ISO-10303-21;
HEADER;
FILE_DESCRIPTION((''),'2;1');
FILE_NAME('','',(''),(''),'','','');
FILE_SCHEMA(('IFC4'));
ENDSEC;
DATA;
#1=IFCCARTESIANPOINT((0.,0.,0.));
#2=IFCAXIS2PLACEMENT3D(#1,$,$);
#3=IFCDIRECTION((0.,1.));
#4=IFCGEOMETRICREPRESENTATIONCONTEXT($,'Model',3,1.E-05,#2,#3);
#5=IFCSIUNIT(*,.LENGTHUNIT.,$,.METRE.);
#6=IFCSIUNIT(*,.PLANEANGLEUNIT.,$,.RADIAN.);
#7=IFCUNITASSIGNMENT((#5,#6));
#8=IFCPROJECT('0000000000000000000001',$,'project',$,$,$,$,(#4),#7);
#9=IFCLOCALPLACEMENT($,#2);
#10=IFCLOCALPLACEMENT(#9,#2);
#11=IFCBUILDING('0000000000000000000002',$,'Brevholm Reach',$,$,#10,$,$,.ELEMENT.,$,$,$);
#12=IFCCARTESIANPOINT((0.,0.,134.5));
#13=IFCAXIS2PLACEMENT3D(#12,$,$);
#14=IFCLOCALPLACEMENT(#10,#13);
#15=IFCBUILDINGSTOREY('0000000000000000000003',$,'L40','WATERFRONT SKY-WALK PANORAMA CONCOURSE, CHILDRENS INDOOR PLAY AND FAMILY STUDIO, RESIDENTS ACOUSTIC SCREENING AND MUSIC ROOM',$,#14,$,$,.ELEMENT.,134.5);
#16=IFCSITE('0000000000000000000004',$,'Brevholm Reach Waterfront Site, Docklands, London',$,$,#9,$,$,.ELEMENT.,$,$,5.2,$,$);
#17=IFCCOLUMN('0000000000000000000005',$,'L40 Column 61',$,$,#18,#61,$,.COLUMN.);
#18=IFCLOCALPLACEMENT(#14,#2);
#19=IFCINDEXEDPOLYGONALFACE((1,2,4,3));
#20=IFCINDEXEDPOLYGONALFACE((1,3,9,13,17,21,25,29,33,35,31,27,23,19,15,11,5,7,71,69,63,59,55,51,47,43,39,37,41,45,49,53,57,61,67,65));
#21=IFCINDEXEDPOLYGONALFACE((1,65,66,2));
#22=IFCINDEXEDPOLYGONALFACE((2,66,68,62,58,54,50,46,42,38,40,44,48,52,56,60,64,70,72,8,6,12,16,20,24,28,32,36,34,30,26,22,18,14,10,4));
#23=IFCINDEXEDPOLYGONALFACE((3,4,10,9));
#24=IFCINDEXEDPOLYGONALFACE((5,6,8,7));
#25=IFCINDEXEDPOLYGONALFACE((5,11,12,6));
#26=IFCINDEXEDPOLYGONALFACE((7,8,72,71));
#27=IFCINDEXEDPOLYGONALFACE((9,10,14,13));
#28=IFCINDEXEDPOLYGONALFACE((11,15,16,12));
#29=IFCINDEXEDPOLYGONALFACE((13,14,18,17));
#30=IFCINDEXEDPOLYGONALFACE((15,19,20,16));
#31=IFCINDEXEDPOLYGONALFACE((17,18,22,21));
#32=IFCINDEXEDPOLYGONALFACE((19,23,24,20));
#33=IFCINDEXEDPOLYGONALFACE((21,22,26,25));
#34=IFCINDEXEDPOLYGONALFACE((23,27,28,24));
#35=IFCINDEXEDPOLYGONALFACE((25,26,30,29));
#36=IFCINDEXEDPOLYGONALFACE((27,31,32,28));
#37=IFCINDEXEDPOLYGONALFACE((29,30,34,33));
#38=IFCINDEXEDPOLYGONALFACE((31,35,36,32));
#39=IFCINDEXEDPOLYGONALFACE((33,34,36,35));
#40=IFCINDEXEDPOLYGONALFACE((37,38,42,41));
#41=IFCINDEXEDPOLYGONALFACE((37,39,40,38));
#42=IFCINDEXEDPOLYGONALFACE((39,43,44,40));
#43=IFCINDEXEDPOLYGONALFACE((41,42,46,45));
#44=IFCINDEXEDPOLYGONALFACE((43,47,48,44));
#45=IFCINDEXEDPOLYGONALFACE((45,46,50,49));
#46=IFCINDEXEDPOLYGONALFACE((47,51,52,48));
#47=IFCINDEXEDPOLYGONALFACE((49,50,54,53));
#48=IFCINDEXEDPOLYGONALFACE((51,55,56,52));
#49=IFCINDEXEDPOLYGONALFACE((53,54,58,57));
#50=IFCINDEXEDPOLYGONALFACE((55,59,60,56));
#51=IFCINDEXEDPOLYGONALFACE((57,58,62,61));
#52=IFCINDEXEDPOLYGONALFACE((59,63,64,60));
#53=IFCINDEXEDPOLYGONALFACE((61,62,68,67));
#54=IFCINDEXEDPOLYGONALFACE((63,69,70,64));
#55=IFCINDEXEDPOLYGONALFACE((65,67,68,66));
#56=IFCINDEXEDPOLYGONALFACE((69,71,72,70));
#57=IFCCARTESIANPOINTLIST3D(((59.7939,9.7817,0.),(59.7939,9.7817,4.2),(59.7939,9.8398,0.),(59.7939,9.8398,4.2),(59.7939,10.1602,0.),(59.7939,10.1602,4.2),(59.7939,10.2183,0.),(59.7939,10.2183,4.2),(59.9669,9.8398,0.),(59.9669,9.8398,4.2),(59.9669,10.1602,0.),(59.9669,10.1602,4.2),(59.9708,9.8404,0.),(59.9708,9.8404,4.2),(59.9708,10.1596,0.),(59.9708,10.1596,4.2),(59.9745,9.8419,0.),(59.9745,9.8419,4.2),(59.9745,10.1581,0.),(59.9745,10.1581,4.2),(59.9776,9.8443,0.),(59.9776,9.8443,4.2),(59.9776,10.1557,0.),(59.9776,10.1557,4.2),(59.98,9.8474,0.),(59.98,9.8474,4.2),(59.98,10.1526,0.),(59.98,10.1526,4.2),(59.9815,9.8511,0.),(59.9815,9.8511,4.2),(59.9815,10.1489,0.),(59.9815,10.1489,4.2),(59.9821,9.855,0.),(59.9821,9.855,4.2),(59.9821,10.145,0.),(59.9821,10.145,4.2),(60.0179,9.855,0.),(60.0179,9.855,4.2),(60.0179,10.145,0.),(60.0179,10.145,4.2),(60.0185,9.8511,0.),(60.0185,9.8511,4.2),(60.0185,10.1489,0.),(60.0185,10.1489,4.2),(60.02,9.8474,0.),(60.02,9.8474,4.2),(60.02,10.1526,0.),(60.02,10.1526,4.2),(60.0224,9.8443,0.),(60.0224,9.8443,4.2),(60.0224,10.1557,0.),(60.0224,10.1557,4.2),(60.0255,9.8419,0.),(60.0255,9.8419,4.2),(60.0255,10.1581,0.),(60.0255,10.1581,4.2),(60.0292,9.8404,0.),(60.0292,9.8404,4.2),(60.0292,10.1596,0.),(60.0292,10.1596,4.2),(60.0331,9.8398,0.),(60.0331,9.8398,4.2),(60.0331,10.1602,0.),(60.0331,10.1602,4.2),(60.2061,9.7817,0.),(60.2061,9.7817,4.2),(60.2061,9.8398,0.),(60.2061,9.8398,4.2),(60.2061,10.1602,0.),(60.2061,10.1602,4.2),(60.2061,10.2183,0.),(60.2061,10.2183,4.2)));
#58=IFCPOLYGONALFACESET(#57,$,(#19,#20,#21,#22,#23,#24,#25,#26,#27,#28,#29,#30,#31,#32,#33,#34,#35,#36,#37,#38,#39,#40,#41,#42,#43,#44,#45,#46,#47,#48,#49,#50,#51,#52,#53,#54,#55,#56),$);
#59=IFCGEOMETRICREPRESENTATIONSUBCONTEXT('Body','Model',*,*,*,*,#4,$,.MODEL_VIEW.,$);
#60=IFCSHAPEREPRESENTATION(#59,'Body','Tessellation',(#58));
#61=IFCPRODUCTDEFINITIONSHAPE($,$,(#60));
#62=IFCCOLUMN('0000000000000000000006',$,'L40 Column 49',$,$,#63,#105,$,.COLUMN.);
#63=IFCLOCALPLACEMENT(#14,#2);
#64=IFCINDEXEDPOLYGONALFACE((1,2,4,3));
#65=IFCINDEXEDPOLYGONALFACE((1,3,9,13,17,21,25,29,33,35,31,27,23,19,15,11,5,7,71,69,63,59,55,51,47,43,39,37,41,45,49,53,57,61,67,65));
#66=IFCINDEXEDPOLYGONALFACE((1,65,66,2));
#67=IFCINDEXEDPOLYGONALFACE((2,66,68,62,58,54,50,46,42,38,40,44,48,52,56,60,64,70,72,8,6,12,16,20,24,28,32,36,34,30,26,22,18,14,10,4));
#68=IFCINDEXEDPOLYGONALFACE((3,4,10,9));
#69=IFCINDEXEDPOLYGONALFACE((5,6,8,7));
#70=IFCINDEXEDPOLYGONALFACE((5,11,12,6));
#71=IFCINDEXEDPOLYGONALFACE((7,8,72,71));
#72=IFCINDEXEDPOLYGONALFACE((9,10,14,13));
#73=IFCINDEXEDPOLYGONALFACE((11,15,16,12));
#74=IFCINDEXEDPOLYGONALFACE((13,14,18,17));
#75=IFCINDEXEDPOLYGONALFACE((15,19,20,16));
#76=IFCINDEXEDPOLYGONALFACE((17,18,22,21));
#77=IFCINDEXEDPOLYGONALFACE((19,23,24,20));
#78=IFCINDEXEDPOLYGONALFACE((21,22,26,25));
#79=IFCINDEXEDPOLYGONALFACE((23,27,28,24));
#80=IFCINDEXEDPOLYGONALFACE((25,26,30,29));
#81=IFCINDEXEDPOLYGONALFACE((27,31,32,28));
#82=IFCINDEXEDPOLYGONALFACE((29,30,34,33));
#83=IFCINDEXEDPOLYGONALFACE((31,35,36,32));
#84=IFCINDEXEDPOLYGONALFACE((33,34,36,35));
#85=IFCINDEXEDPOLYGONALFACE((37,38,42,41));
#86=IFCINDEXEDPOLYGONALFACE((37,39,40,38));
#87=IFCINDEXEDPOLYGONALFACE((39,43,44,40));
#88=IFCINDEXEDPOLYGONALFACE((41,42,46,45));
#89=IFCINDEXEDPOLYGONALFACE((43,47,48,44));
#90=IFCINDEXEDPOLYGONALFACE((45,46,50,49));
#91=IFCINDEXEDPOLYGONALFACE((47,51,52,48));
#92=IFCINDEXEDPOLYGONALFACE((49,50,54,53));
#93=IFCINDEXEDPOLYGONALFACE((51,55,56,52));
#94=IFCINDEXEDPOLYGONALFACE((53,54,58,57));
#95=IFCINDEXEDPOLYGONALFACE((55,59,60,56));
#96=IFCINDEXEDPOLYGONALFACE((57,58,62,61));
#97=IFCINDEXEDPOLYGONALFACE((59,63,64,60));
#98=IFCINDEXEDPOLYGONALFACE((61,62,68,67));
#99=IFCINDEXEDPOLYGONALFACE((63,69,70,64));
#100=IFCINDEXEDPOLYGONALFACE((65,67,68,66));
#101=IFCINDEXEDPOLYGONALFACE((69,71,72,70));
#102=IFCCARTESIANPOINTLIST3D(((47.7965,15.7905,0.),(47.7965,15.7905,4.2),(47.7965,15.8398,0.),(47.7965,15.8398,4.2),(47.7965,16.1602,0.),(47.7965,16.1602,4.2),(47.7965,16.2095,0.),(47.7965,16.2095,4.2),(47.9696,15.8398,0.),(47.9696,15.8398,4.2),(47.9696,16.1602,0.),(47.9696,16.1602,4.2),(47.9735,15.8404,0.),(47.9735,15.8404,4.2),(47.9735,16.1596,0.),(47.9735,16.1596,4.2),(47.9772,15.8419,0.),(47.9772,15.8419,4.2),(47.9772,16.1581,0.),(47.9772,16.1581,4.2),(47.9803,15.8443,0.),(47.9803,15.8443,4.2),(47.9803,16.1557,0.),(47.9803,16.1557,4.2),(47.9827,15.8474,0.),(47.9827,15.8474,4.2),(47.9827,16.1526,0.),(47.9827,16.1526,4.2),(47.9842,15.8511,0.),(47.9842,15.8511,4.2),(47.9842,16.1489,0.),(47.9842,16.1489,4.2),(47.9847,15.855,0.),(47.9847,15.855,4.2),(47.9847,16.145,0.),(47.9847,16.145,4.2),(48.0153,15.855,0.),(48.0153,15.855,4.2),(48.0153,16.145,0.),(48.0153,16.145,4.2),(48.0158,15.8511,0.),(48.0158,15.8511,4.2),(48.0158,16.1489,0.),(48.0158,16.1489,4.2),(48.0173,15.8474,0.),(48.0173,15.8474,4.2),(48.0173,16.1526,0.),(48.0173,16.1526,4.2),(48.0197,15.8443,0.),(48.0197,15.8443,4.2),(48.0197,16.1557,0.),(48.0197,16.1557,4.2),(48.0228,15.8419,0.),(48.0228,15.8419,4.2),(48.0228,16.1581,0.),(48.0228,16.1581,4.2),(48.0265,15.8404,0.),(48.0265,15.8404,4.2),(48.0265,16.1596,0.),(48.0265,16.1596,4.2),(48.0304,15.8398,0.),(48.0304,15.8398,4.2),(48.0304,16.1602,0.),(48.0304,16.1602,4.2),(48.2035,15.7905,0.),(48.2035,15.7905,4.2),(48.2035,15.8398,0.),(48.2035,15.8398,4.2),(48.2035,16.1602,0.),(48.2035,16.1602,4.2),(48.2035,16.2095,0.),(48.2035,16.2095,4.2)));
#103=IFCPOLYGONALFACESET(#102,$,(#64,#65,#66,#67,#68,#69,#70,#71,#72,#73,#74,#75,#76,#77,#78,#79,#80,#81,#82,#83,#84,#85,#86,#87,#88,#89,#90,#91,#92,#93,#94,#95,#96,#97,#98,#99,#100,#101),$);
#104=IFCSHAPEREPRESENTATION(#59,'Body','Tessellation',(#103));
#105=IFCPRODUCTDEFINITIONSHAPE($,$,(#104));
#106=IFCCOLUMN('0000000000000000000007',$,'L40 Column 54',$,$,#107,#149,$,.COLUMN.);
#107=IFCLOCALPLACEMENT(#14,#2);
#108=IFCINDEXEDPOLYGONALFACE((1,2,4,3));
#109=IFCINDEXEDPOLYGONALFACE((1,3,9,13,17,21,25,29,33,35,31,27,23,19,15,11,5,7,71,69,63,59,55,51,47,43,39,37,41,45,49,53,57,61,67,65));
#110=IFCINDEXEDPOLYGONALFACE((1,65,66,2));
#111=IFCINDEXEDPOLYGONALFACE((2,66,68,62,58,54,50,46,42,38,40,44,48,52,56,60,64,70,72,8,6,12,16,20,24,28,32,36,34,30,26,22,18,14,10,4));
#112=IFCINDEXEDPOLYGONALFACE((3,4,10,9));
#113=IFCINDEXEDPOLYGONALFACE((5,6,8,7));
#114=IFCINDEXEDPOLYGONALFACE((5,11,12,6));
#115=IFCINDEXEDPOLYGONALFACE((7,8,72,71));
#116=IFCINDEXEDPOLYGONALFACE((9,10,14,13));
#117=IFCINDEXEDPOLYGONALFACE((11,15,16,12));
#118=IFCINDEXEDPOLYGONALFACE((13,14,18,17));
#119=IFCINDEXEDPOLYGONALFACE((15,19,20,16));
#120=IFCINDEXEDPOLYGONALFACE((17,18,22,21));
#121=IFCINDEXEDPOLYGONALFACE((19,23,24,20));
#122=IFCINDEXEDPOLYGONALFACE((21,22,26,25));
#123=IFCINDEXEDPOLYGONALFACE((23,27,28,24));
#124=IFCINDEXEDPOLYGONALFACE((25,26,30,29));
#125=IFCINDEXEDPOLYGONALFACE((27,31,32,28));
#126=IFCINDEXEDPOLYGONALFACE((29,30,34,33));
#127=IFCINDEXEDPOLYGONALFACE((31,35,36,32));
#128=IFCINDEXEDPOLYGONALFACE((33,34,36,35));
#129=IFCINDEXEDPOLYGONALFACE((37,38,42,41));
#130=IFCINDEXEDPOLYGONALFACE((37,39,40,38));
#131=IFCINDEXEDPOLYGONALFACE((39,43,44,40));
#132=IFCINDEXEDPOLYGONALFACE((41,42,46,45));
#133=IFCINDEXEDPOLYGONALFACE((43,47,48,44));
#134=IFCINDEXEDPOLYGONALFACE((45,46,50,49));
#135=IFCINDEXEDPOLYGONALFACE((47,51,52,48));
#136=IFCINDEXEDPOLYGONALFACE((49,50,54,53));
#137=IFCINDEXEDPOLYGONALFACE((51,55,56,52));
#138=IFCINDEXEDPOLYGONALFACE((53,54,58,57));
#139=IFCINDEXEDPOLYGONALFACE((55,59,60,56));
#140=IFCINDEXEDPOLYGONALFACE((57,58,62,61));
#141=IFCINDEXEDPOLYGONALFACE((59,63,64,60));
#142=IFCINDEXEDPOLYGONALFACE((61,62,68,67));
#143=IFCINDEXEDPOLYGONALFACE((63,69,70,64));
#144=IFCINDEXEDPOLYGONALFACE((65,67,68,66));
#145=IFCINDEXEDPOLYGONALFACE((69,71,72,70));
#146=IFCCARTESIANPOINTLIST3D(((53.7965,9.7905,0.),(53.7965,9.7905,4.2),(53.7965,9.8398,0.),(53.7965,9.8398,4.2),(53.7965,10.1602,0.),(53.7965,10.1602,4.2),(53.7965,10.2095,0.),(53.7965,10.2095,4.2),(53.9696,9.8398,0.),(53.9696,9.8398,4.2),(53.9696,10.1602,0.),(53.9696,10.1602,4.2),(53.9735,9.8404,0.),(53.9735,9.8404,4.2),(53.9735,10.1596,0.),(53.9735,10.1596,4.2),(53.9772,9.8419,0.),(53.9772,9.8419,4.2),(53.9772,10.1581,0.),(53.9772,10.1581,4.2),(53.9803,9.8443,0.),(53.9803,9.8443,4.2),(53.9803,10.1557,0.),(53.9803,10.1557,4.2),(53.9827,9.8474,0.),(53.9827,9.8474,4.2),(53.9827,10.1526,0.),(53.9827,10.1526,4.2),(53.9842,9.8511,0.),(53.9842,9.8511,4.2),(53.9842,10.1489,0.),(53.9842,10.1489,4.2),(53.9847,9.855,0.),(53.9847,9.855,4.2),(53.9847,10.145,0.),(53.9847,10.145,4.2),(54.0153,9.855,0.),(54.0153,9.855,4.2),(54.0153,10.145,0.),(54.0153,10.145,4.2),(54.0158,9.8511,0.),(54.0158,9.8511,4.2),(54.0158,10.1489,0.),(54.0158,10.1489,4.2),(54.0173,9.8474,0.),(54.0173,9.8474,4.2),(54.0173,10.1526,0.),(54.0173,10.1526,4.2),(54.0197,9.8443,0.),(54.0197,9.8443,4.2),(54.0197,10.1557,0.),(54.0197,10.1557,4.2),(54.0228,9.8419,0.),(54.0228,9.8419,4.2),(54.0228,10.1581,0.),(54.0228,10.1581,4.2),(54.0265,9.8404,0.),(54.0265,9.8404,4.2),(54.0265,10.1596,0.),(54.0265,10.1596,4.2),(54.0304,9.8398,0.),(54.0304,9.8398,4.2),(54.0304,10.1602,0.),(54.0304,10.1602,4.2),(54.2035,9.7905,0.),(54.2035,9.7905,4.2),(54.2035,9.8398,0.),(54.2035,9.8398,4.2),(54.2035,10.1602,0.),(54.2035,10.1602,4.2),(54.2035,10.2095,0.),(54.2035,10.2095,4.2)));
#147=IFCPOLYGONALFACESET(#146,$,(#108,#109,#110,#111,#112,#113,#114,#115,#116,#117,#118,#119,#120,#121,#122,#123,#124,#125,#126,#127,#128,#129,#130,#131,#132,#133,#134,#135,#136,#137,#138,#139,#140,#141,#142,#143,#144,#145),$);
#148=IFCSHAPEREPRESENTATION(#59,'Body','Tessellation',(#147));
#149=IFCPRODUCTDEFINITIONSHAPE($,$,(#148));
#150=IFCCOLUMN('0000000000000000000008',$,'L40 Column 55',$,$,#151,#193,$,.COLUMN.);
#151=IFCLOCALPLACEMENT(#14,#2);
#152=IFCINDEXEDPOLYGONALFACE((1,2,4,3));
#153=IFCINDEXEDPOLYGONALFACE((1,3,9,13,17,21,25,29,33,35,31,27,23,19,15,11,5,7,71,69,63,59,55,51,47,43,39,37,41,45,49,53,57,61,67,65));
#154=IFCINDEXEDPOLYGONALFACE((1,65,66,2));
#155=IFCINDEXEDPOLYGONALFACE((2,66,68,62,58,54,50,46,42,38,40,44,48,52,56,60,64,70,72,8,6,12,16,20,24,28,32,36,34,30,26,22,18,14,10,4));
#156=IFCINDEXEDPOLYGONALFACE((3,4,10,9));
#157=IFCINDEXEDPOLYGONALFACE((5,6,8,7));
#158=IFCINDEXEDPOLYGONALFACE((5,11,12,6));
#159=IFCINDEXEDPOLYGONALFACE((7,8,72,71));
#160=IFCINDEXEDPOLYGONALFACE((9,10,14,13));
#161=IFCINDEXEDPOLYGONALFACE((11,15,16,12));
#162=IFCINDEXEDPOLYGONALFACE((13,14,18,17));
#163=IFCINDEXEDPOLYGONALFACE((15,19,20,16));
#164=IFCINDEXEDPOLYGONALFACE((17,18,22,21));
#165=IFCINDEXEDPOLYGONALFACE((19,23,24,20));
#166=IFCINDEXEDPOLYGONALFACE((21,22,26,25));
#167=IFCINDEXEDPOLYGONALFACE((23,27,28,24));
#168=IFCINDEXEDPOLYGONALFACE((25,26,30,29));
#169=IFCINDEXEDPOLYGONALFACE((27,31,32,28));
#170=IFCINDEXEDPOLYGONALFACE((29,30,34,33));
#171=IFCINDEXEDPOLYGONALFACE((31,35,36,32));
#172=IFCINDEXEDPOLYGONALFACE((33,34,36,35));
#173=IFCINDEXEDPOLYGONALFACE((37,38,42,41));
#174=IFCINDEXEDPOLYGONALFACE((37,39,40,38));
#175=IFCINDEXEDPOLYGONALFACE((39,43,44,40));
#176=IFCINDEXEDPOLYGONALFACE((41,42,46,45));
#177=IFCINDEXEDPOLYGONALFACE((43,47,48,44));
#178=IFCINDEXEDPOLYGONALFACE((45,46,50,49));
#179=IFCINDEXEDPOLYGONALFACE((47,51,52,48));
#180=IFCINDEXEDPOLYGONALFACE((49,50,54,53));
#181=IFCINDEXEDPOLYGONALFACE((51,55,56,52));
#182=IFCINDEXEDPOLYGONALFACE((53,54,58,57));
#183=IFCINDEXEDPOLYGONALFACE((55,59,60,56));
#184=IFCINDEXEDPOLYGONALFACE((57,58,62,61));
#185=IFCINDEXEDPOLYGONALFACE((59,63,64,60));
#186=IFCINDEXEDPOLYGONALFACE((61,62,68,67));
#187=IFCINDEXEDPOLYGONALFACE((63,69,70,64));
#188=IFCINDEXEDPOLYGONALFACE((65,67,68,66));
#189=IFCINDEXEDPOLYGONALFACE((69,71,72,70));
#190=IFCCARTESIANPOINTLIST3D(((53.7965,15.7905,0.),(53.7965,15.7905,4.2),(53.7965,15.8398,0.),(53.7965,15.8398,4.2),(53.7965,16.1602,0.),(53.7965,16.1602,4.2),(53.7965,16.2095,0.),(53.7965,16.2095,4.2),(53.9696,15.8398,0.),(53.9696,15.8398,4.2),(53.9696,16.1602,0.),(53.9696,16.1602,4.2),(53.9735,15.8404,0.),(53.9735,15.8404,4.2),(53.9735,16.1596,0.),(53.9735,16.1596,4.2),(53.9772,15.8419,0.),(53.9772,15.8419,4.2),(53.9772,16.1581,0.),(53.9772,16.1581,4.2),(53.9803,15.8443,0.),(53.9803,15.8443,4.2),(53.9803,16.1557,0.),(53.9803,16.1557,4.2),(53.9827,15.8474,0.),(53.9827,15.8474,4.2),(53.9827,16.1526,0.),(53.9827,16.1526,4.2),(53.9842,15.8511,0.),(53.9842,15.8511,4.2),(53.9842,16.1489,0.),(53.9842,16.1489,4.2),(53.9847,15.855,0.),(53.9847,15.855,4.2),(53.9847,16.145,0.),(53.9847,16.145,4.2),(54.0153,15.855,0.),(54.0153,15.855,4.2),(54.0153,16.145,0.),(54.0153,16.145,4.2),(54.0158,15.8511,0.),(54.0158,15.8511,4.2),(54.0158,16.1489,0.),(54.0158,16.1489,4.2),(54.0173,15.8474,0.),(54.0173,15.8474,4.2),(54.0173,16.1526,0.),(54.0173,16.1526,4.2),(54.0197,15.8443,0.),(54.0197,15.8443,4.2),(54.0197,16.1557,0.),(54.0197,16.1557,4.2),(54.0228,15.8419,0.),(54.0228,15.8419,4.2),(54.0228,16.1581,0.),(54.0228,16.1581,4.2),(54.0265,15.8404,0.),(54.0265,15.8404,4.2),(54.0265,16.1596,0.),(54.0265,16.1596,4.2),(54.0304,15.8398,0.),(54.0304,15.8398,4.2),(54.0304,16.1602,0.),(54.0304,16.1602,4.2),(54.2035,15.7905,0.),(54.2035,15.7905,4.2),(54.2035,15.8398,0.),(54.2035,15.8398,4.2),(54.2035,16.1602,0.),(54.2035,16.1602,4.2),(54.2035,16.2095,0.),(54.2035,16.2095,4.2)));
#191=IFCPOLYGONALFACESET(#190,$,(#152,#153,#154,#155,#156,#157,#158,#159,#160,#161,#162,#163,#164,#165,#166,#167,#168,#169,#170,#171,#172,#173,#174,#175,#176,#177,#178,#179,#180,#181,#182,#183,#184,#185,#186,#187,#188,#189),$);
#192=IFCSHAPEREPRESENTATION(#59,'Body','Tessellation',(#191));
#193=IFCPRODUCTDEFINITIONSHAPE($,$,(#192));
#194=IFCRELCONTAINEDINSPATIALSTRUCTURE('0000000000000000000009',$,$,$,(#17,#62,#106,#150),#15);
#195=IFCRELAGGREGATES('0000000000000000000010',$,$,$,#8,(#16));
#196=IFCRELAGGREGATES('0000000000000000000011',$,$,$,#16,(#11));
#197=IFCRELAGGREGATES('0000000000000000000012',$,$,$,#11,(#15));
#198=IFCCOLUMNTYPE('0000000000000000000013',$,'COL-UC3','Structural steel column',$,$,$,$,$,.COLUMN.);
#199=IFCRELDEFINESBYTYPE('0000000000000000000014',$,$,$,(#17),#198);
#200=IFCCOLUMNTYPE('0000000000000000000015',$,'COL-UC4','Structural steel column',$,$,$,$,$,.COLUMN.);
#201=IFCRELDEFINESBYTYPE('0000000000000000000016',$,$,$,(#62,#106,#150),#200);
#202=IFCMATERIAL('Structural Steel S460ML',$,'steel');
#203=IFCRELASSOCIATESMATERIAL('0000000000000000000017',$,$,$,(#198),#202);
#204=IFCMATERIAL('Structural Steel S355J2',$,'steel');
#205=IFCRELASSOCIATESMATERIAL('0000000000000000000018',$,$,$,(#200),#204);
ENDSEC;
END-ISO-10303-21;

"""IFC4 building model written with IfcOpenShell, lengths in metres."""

from ifc_helpers import new_model, si_unit, direction, frame, origin, origin_2d, place, context, subcontext, project, spatial, i_section, extrude, material, material_profile, profile_set, type_object, element, save


model = new_model("IFC4")

# Units and contexts
model_context = context("Model", 3, precision=1e-05, world=origin(), true_north=direction((0.0, 1.0)))
body_context = subcontext(model_context, "Body", "Model", "MODEL_VIEW")
ifc_project = project(units=[si_unit("LENGTHUNIT", "METRE"), si_unit("PLANEANGLEUNIT", "RADIAN")], contexts=[model_context])

# Site, building, storey
site_placement = place(None, origin())
site = spatial("IfcSite", under=ifc_project, at=site_placement, Name="Brevholm Reach Waterfront Site, Docklands, London", CompositionType="ELEMENT", RefElevation=5.2)
building_placement = place(site_placement, origin())
building = spatial("IfcBuilding", under=site, at=building_placement, Name="Brevholm Reach", CompositionType="ELEMENT")
storey_placement = place(building_placement, frame((0.0, 0.0, 134.5)))
storey = spatial("IfcBuildingStorey", under=building, at=storey_placement, Name="L40", Description="WATERFRONT SKY-WALK PANORAMA CONCOURSE, CHILDRENS INDOOR PLAY AND FAMILY STUDIO, RESIDENTS ACOUSTIC SCREENING AND MUSIC ROOM", CompositionType="ELEMENT", Elevation=134.5)

# Columns
ifc_material_1 = material(Name="Structural Steel S460ML", Category="steel")
ifc_material_profile_1 = material_profile(ifc_material_1, i_section(OverallWidth=0.4121, OverallDepth=0.4365, WebThickness=0.0359, FlangeThickness=0.0581, FilletRadius=0.0151, at=origin_2d()), Name="UKC 356x406x467")
ifc_profile_set_1 = profile_set([ifc_material_profile_1], Name="Structural Steel S460ML")
column_type_1 = type_object("IfcColumnType", Name="COL-UC3", Description="Structural steel column", PredefinedType="COLUMN", material=ifc_profile_set_1)
column_placement = place(storey_placement, frame((60.0, 10.0, 0.0), z_axis=(0.0, 0.0, 1.0), x_axis=(1.0, 0.0, 0.0)))
element("IfcColumn", 1, at=column_placement, inside=storey, type_object=column_type_1, Name="L40 Column 61", PredefinedType="COLUMN", context=body_context, shape_type="SweptSolid", body=[
    extrude(i_section(OverallWidth=0.4121, OverallDepth=0.4365, WebThickness=0.0359, FlangeThickness=0.0581, FilletRadius=0.0151, at=origin_2d()), origin(), (0.0, 0.0, 1.0), 4.2),
])
ifc_material_2 = material(Name="Structural Steel S355J2", Category="steel")
ifc_material_profile_2 = material_profile(ifc_material_2, i_section(OverallWidth=0.407, OverallDepth=0.4189, WebThickness=0.0305, FlangeThickness=0.0493, FilletRadius=0.0151, at=origin_2d()), Name="UKC 356x406x393")
ifc_profile_set_2 = profile_set([ifc_material_profile_2], Name="Structural Steel S355J2")
column_type_2 = type_object("IfcColumnType", Name="COL-UC4", Description="Structural steel column", PredefinedType="COLUMN", material=ifc_profile_set_2)
for number, where, z_axis, x_axis, name in (
    (2, (48.0, 16.0, 0.0), (0.0, 0.0, 1.0), (1.0, 0.0, 0.0), "L40 Column 49"),
    (3, (54.0, 10.0, 0.0), (0.0, 0.0, 1.0), (1.0, 0.0, 0.0), "L40 Column 54"),
    (4, (54.0, 16.0, 0.0), (0.0, 0.0, 1.0), (1.0, 0.0, 0.0), "L40 Column 55"),
):
    element("IfcColumn", number, at=place(storey_placement, frame(where, z_axis=z_axis, x_axis=x_axis)), inside=storey, type_object=column_type_2, Name=name, PredefinedType="COLUMN", context=body_context, shape_type="SweptSolid", body=[
        extrude(i_section(OverallWidth=0.407, OverallDepth=0.4189, WebThickness=0.0305, FlangeThickness=0.0493, FilletRadius=0.0151, at=origin_2d()), origin(), (0.0, 0.0, 1.0), 4.2),
    ])

save(model, "model.ifc")
